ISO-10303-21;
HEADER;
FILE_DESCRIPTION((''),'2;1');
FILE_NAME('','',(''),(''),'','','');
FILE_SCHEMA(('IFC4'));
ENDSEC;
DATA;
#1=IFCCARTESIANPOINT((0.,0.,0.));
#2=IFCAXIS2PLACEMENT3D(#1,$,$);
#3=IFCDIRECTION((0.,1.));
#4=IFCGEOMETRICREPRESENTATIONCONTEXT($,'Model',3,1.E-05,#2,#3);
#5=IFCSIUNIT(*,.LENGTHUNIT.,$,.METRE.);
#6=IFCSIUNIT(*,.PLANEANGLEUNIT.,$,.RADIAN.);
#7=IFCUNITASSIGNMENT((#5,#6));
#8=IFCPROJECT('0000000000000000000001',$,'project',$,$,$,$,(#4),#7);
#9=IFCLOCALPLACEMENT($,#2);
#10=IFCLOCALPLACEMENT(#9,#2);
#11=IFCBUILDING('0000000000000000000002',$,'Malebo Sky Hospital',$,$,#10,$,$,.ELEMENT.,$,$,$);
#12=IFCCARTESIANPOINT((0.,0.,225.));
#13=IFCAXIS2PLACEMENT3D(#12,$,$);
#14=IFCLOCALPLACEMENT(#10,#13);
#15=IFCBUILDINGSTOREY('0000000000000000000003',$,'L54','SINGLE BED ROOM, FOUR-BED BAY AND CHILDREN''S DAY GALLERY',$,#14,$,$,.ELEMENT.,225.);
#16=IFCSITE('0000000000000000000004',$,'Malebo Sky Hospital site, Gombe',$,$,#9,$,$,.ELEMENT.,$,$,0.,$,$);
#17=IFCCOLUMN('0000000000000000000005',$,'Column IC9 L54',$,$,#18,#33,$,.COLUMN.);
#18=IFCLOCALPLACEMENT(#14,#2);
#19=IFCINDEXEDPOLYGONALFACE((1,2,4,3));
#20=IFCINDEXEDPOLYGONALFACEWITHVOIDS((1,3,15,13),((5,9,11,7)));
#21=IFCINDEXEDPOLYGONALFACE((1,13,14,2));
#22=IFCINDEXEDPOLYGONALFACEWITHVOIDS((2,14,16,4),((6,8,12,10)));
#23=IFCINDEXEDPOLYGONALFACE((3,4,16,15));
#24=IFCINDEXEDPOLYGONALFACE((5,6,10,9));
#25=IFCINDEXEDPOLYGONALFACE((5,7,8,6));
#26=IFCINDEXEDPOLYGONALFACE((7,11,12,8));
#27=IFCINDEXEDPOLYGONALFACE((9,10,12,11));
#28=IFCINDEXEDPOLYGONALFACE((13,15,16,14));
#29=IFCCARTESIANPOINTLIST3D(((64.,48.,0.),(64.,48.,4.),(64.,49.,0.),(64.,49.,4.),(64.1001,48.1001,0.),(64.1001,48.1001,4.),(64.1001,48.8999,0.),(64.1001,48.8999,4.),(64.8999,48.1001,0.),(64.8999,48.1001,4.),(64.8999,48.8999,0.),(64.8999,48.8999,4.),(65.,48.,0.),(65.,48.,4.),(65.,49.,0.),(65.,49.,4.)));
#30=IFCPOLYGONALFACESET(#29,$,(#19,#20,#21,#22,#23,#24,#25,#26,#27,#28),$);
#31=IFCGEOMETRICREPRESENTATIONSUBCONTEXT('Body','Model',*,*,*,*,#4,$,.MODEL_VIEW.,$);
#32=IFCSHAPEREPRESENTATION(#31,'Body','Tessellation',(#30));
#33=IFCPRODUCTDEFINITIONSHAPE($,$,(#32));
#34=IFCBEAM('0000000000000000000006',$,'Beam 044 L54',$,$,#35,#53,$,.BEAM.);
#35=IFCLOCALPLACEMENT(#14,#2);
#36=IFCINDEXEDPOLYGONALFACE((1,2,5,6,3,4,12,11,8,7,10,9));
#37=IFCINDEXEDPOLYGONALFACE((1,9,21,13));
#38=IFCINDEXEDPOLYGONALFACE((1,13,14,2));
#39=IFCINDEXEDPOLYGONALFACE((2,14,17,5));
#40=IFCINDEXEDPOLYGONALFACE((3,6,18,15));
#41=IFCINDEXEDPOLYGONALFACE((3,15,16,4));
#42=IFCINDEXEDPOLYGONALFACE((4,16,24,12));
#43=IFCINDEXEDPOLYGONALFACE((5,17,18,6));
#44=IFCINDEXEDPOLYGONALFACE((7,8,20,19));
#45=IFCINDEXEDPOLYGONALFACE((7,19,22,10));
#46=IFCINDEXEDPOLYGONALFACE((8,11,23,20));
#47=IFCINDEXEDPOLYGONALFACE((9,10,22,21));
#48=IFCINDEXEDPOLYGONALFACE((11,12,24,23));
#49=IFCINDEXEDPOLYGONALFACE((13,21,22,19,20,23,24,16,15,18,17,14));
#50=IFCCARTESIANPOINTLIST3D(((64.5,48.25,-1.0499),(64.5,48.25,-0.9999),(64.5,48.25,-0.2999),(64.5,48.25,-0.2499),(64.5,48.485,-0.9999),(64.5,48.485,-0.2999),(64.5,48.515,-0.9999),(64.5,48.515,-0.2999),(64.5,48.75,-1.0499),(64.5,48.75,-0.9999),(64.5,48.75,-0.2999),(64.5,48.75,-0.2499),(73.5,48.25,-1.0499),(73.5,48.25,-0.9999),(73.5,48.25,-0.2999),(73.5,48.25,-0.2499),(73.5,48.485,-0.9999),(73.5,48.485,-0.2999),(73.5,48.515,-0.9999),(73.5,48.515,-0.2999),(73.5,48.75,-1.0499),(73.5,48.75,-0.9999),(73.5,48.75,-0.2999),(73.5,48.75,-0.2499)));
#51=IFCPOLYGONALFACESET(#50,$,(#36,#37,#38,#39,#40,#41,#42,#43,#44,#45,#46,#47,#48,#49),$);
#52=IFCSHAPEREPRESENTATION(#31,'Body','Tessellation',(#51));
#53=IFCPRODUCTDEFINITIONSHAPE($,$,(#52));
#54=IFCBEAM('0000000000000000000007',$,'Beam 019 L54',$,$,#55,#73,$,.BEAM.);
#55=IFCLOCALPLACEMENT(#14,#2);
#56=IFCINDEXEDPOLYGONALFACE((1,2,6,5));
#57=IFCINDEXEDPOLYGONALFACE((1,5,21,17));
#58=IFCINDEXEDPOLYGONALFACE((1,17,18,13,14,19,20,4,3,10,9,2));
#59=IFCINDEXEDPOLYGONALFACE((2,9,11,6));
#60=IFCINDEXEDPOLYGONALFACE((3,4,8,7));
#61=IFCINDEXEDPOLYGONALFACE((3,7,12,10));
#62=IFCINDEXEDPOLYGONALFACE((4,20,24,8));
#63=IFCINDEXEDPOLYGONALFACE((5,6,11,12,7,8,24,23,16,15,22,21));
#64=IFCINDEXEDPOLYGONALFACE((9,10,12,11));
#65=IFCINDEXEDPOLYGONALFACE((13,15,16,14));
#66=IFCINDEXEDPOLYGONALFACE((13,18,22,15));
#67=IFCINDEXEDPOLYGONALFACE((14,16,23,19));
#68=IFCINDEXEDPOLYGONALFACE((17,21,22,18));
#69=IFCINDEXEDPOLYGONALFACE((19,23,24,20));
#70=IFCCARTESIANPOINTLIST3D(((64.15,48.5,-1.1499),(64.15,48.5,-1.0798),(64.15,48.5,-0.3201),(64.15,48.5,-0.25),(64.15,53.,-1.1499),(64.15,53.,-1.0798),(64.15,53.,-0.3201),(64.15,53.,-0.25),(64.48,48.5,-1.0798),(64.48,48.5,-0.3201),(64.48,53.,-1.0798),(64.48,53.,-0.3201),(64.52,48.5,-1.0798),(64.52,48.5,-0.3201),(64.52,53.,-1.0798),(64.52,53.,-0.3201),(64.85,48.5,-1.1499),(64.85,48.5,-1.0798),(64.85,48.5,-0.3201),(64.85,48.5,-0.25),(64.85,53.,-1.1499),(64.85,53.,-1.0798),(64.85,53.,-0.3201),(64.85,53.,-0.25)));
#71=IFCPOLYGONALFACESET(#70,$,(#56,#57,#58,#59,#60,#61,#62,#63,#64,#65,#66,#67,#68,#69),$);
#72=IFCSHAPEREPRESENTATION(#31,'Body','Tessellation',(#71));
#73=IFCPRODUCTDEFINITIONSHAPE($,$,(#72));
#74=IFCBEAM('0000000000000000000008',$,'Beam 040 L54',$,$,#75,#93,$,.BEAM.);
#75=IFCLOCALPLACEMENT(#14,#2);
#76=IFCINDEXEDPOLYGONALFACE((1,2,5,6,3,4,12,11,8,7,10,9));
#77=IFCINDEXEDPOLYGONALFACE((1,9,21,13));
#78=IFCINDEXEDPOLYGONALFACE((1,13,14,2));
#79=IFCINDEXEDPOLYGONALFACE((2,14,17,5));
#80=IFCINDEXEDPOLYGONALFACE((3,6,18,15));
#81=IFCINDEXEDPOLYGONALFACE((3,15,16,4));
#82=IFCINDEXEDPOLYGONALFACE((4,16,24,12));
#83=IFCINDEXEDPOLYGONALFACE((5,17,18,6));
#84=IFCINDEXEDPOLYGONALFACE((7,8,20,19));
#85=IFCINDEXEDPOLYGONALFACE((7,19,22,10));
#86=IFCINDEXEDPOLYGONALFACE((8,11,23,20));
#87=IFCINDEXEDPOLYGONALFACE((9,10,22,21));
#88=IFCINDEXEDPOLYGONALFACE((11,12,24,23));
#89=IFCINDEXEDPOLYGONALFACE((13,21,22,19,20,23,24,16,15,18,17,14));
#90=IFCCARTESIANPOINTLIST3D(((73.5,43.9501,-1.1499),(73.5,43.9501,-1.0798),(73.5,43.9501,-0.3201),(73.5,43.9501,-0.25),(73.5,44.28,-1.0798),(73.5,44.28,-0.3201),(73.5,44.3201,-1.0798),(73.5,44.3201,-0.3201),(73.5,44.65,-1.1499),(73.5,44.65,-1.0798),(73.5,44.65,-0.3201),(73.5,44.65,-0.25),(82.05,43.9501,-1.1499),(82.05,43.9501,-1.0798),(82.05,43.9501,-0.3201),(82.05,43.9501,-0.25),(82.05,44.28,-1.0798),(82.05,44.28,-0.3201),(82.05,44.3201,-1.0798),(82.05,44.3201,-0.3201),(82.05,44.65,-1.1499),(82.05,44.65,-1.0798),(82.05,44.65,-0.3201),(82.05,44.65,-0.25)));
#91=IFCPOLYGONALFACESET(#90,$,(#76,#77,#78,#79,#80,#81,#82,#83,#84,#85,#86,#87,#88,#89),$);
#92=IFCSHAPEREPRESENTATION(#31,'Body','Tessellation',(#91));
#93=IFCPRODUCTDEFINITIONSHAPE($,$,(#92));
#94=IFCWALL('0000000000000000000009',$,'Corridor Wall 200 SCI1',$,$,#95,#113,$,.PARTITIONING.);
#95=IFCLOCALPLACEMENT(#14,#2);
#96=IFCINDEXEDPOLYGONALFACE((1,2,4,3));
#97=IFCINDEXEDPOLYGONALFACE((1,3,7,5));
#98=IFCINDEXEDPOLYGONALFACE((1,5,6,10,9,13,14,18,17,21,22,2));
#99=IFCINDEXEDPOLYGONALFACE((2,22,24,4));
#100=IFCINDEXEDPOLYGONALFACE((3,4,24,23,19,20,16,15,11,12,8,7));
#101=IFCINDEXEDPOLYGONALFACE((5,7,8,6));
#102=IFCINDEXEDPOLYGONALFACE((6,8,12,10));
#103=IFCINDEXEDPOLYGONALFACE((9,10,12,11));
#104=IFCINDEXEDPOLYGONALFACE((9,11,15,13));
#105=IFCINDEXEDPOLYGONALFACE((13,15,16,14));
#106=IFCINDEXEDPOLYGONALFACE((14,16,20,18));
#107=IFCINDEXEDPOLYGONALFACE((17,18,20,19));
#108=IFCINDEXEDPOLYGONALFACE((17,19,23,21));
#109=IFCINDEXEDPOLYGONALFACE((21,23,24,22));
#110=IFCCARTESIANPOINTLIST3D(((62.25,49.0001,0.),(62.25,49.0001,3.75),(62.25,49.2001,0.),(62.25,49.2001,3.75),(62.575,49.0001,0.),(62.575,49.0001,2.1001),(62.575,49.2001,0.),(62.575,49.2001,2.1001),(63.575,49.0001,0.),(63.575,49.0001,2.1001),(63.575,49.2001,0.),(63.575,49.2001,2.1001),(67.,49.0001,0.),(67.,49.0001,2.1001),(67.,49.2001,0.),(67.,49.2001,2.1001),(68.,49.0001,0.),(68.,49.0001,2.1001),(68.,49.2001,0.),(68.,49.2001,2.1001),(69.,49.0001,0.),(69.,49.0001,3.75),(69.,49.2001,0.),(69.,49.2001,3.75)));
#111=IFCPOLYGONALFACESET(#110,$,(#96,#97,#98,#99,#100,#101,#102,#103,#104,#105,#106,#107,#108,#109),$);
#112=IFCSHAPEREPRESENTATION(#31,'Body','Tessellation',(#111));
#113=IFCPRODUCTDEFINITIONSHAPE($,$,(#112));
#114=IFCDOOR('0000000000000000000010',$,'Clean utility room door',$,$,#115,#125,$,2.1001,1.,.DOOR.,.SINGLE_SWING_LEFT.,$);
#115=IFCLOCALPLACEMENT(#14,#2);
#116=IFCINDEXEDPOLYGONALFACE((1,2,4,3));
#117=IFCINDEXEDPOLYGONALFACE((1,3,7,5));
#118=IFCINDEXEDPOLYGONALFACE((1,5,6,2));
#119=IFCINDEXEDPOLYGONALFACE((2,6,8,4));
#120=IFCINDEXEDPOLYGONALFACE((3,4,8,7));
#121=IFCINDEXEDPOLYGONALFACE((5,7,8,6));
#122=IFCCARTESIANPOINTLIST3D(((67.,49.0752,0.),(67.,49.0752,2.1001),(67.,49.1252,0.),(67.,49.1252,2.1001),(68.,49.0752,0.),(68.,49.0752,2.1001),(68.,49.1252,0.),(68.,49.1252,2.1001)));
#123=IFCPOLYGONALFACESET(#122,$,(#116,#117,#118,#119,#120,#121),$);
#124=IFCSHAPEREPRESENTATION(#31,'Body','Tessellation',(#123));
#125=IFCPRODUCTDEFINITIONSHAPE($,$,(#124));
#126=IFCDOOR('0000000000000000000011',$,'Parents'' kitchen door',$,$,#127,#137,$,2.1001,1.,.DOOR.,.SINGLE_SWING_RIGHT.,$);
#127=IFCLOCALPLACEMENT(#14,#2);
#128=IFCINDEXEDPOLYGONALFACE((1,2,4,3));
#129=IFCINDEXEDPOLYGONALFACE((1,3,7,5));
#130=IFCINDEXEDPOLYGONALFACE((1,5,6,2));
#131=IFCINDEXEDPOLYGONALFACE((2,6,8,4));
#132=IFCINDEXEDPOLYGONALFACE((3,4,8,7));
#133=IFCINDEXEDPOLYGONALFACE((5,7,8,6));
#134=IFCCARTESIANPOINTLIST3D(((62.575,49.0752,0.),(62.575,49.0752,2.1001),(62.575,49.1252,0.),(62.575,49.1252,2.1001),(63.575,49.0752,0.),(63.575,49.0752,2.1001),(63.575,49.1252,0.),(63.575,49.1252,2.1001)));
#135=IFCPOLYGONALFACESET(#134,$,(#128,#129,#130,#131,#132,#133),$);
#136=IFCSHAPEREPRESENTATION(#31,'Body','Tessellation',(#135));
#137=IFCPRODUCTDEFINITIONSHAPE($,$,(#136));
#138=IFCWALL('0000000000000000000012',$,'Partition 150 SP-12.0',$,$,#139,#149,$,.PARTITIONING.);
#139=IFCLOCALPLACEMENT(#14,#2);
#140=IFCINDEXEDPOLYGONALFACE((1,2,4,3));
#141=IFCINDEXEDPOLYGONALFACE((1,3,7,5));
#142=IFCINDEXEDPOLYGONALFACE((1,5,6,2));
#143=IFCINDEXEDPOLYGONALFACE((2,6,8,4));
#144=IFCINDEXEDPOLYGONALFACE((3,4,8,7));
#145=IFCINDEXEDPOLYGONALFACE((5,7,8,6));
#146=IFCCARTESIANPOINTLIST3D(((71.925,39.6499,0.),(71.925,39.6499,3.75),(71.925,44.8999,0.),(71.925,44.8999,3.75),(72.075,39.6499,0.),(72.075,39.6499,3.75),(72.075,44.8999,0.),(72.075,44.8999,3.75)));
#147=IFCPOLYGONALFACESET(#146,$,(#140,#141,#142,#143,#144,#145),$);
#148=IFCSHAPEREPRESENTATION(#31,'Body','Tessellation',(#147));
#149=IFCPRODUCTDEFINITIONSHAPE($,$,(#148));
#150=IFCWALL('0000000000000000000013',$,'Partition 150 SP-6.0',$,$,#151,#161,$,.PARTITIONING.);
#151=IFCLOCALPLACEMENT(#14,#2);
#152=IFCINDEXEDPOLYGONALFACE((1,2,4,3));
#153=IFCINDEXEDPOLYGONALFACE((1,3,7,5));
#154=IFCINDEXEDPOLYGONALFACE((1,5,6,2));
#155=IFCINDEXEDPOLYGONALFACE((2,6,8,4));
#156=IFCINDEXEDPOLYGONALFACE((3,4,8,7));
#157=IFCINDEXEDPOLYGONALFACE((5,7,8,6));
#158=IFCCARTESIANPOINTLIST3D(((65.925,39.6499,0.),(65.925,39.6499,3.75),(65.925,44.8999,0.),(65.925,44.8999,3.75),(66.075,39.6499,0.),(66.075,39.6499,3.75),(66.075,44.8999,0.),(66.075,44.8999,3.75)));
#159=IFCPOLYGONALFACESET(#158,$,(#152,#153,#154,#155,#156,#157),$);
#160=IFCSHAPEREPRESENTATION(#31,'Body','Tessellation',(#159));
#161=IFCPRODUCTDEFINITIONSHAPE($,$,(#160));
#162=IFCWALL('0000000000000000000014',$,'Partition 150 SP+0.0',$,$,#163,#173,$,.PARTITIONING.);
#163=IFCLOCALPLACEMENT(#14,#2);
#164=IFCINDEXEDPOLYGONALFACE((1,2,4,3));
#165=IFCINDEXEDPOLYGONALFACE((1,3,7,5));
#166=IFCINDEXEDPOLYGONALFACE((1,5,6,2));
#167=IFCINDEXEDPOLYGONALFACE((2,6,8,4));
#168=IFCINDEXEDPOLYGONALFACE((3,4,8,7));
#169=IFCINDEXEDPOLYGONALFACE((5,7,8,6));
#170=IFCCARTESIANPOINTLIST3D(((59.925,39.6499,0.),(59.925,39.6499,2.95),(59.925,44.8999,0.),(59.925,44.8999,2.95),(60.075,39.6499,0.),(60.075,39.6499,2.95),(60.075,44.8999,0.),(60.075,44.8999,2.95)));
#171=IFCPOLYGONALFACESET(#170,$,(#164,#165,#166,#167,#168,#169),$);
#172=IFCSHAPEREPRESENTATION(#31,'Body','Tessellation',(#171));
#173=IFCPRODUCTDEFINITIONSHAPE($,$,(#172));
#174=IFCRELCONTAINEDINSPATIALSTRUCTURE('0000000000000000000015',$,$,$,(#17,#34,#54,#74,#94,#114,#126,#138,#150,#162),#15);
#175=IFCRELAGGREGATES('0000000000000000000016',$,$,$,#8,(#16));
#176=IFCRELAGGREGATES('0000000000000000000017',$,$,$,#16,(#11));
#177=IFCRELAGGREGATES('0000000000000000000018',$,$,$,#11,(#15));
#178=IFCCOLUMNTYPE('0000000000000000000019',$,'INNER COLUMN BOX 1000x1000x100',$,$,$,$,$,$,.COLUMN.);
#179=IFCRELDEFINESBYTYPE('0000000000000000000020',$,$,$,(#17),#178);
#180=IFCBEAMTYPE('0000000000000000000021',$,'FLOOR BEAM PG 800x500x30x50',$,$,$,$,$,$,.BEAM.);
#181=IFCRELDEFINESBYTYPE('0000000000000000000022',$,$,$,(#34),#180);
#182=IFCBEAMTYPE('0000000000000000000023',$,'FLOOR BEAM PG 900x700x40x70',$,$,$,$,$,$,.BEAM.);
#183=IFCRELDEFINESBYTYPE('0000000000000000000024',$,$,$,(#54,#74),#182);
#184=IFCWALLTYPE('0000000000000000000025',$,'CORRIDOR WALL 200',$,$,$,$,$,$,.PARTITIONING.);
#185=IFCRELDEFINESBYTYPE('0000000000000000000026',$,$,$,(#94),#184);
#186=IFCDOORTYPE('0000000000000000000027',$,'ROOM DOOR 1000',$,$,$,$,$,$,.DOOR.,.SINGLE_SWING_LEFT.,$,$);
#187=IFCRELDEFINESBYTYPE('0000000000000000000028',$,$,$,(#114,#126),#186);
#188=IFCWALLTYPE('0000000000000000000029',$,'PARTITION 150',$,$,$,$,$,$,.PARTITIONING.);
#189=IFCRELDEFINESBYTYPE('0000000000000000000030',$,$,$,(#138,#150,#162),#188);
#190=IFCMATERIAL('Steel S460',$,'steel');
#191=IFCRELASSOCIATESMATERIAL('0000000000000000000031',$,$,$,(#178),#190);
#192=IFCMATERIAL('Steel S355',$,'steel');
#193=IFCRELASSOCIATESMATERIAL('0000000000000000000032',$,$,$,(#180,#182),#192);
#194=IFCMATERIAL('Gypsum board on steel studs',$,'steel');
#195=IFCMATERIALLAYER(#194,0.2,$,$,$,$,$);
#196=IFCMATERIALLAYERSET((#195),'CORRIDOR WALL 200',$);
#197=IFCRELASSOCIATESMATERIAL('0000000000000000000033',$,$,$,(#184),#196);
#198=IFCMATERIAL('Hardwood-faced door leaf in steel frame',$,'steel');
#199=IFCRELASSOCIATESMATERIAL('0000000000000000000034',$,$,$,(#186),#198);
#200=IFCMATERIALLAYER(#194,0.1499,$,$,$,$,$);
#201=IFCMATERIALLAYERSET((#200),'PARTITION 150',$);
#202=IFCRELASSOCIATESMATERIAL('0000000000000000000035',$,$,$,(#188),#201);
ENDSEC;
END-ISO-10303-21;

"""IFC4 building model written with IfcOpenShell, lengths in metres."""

from ifc_helpers import new_model, si_unit, direction, frame, frame_2d, origin, origin_2d, place, context, subcontext, project, spatial, rectangle, hollow_rectangle, i_section, extrude, material, layer, layer_set, material_profile, profile_set, type_object, element, fill, save


model = new_model("IFC4")

# Units and contexts
model_context = context("Model", 3, precision=1e-05, world=origin(), true_north=direction((0.0, 1.0)))
body_context = subcontext(model_context, "Body", "Model", "MODEL_VIEW")
ifc_project = project(units=[si_unit("LENGTHUNIT", "METRE"), si_unit("PLANEANGLEUNIT", "RADIAN")], contexts=[model_context])

# Site, building, storey
site_placement = place(None, origin())
site = spatial("IfcSite", under=ifc_project, at=site_placement, Name="Malebo Sky Hospital site, Gombe", CompositionType="ELEMENT", RefElevation=0.0)
building_placement = place(site_placement, origin())
building = spatial("IfcBuilding", under=site, at=building_placement, Name="Malebo Sky Hospital", CompositionType="ELEMENT")
storey_placement = place(building_placement, frame((0.0, 0.0, 225.0)))
storey = spatial("IfcBuildingStorey", under=building, at=storey_placement, Name="L54", Description="SINGLE BED ROOM, FOUR-BED BAY AND CHILDREN'S DAY GALLERY", CompositionType="ELEMENT", Elevation=225.0)

# Column
ifc_material_1 = material(Name="Steel S460", Category="steel")
ifc_material_profile_1 = material_profile(ifc_material_1, hollow_rectangle(XDim=1.0, YDim=1.0, WallThickness=0.1001, at=origin_2d()), Name="BOX 1000x1000x100")
ifc_profile_set_1 = profile_set([ifc_material_profile_1], Name="Steel S460")
column_type = type_object("IfcColumnType", Name="INNER COLUMN BOX 1000x1000x100", PredefinedType="COLUMN", material=ifc_profile_set_1)
column_placement = place(storey_placement, frame((64.5, 48.5, 0.0), z_axis=(0.0, 0.0, 1.0), x_axis=(1.0, 0.0, 0.0)))
element("IfcColumn", 1, at=column_placement, inside=storey, type_object=column_type, Name="Column IC9 L54", PredefinedType="COLUMN", context=body_context, shape_type="SweptSolid", body=[
    extrude(hollow_rectangle(XDim=1.0, YDim=1.0, WallThickness=0.1001, at=origin_2d()), origin(), (0.0, 0.0, 1.0), 4.0),
])

# Beams
ifc_material_2 = material(Name="Steel S355", Category="steel")
ifc_material_profile_2 = material_profile(ifc_material_2, i_section(OverallWidth=0.5, OverallDepth=0.8, WebThickness=0.03, FlangeThickness=0.05, at=origin_2d()), Name="PG 800x500x30x50")
ifc_profile_set_2 = profile_set([ifc_material_profile_2], Name="Steel S355")
beam_type_1 = type_object("IfcBeamType", Name="FLOOR BEAM PG 800x500x30x50", PredefinedType="BEAM", material=ifc_profile_set_2)
beam_1_placement = place(storey_placement, frame((64.5, 48.5, -0.6499), z_axis=(1.0, 0.0, 0.0), x_axis=(0.0, 1.0, 0.0)))
element("IfcBeam", 2, at=beam_1_placement, inside=storey, type_object=beam_type_1, Name="Beam 044 L54", PredefinedType="BEAM", context=body_context, shape_type="SweptSolid", body=[
    extrude(i_section(OverallWidth=0.5, OverallDepth=0.8, WebThickness=0.03, FlangeThickness=0.05, at=origin_2d()), origin(), (0.0, 0.0, 1.0), 9.0),
])
ifc_material_profile_3 = material_profile(ifc_material_2, i_section(OverallWidth=0.7, OverallDepth=0.8999, WebThickness=0.04, FlangeThickness=0.0701, at=origin_2d()), Name="PG 900x700x40x70")
ifc_profile_set_3 = profile_set([ifc_material_profile_3], Name="Steel S355")
beam_type_2 = type_object("IfcBeamType", Name="FLOOR BEAM PG 900x700x40x70", PredefinedType="BEAM", material=ifc_profile_set_3)
beam_2_placement = place(storey_placement, frame((64.5, 48.5, -0.7), z_axis=(0.0, 1.0, 0.0), x_axis=(-1.0, 0.0, 0.0)))
element("IfcBeam", 3, at=beam_2_placement, inside=storey, type_object=beam_type_2, Name="Beam 019 L54", PredefinedType="BEAM", context=body_context, shape_type="SweptSolid", body=[
    extrude(i_section(OverallWidth=0.7, OverallDepth=0.8999, WebThickness=0.04, FlangeThickness=0.0701, at=origin_2d()), origin(), (0.0, 0.0, 1.0), 4.5),
])
beam_3_placement = place(storey_placement, frame((73.5, 44.3, -0.7), z_axis=(1.0, 0.0, 0.0), x_axis=(0.0, 1.0, 0.0)))
element("IfcBeam", 4, at=beam_3_placement, inside=storey, type_object=beam_type_2, Name="Beam 040 L54", PredefinedType="BEAM", context=body_context, shape_type="SweptSolid", body=[
    extrude(i_section(OverallWidth=0.7, OverallDepth=0.8999, WebThickness=0.04, FlangeThickness=0.0701, at=origin_2d()), origin(), (0.0, 0.0, 1.0), 8.55),
])

# Wall, openings, doors
ifc_material_3 = material(Name="Gypsum board on steel studs", Category="steel")
ifc_layer_1 = layer(ifc_material_3, 0.2)
ifc_layer_set_1 = layer_set([ifc_layer_1], Name="CORRIDOR WALL 200")
wall_type_1 = type_object("IfcWallType", Name="CORRIDOR WALL 200", PredefinedType="PARTITIONING", material=ifc_layer_set_1)
wall_1_placement = place(storey_placement, frame((69.0, 49.1001, 0.0), z_axis=(0.0, 0.0, 1.0), x_axis=(-1.0, 0.0, 0.0)))
wall_1 = element("IfcWall", 5, at=wall_1_placement, inside=storey, type_object=wall_type_1, Name="Corridor Wall 200 SCI1", PredefinedType="PARTITIONING", context=body_context, shape_type="SweptSolid", body=[
    extrude(rectangle(XDim=6.75, YDim=0.2, at=frame_2d((3.375, 0.0))), origin(), (0.0, 0.0, 1.0), 3.75),
])
opening_1_placement = place(wall_1_placement, frame((1.0, 0.0, 0.0)))
opening_1 = element("IfcOpeningElement", 6, at=opening_1_placement, cuts=wall_1, PredefinedType="OPENING", context=body_context, shape_type="SweptSolid", body=[
    extrude(rectangle(XDim=1.0, YDim=2.1001, at=frame_2d((0.5, 1.05))), frame((0.0, 0.1099, 0.0), z_axis=(0.0, -1.0, 0.0), x_axis=(1.0, 0.0, 0.0)), (0.0, 0.0, 1.0), 0.22),
])
opening_2_placement = place(wall_1_placement, frame((5.425, 0.0, 0.0)))
opening_2 = element("IfcOpeningElement", 7, at=opening_2_placement, cuts=wall_1, PredefinedType="OPENING", context=body_context, shape_type="SweptSolid", body=[
    extrude(rectangle(XDim=1.0, YDim=2.1001, at=frame_2d((0.5, 1.05))), frame((0.0, 0.1099, 0.0), z_axis=(0.0, -1.0, 0.0), x_axis=(1.0, 0.0, 0.0)), (0.0, 0.0, 1.0), 0.22),
])
ifc_material_4 = material(Name="Hardwood-faced door leaf in steel frame", Category="steel")
door_type = type_object("IfcDoorType", Name="ROOM DOOR 1000", OperationType="SINGLE_SWING_LEFT", PredefinedType="DOOR", material=ifc_material_4)
door_1_placement = place(opening_1_placement, origin())
door_1 = element("IfcDoor", 8, at=door_1_placement, inside=storey, type_object=door_type, Name="Clean utility room door", OperationType="SINGLE_SWING_LEFT", OverallHeight=2.1001, OverallWidth=1.0, PredefinedType="DOOR", context=body_context, shape_type="SweptSolid", body=[
    extrude(rectangle(XDim=1.0, YDim=2.1001, at=frame_2d((0.5, 1.05))), frame((0.0, 0.0249, 0.0), z_axis=(0.0, -1.0, 0.0), x_axis=(1.0, 0.0, 0.0)), (0.0, 0.0, 1.0), 0.05),
])
fill(opening_1, door_1)
door_2_placement = place(opening_2_placement, origin())
door_2 = element("IfcDoor", 9, at=door_2_placement, inside=storey, type_object=door_type, Name="Parents' kitchen door", OperationType="SINGLE_SWING_RIGHT", OverallHeight=2.1001, OverallWidth=1.0, PredefinedType="DOOR", context=body_context, shape_type="SweptSolid", body=[
    extrude(rectangle(XDim=1.0, YDim=2.1001, at=frame_2d((0.5, 1.05))), frame((0.0, 0.0249, 0.0), z_axis=(0.0, -1.0, 0.0), x_axis=(1.0, 0.0, 0.0)), (0.0, 0.0, 1.0), 0.05),
])
fill(opening_2, door_2)

# Walls
ifc_layer_2 = layer(ifc_material_3, 0.1499)
ifc_layer_set_2 = layer_set([ifc_layer_2], Name="PARTITION 150")
wall_type_2 = type_object("IfcWallType", Name="PARTITION 150", PredefinedType="PARTITIONING", material=ifc_layer_set_2)
for number, where, z_axis, x_axis, name in (
    (10, (72.0, 44.8999, 0.0), (0.0, 0.0, 1.0), (0.0, -1.0, 0.0), "Partition 150 SP-12.0"),
    (11, (66.0, 44.8999, 0.0), (0.0, 0.0, 1.0), (0.0, -1.0, 0.0), "Partition 150 SP-6.0"),
):
    element("IfcWall", number, at=place(storey_placement, frame(where, z_axis=z_axis, x_axis=x_axis)), inside=storey, type_object=wall_type_2, Name=name, PredefinedType="PARTITIONING", context=body_context, shape_type="SweptSolid", body=[
        extrude(rectangle(XDim=5.25, YDim=0.1499, at=frame_2d((2.625, 0.0))), origin(), (0.0, 0.0, 1.0), 3.75),
    ])
wall_2_placement = place(storey_placement, frame((60.0, 44.8999, 0.0), z_axis=(0.0, 0.0, 1.0), x_axis=(0.0, -1.0, 0.0)))
element("IfcWall", 12, at=wall_2_placement, inside=storey, type_object=wall_type_2, Name="Partition 150 SP+0.0", PredefinedType="PARTITIONING", context=body_context, shape_type="SweptSolid", body=[
    extrude(rectangle(XDim=5.25, YDim=0.1499, at=frame_2d((2.625, 0.0))), origin(), (0.0, 0.0, 1.0), 2.95),
])

save(model, "model.ifc")
